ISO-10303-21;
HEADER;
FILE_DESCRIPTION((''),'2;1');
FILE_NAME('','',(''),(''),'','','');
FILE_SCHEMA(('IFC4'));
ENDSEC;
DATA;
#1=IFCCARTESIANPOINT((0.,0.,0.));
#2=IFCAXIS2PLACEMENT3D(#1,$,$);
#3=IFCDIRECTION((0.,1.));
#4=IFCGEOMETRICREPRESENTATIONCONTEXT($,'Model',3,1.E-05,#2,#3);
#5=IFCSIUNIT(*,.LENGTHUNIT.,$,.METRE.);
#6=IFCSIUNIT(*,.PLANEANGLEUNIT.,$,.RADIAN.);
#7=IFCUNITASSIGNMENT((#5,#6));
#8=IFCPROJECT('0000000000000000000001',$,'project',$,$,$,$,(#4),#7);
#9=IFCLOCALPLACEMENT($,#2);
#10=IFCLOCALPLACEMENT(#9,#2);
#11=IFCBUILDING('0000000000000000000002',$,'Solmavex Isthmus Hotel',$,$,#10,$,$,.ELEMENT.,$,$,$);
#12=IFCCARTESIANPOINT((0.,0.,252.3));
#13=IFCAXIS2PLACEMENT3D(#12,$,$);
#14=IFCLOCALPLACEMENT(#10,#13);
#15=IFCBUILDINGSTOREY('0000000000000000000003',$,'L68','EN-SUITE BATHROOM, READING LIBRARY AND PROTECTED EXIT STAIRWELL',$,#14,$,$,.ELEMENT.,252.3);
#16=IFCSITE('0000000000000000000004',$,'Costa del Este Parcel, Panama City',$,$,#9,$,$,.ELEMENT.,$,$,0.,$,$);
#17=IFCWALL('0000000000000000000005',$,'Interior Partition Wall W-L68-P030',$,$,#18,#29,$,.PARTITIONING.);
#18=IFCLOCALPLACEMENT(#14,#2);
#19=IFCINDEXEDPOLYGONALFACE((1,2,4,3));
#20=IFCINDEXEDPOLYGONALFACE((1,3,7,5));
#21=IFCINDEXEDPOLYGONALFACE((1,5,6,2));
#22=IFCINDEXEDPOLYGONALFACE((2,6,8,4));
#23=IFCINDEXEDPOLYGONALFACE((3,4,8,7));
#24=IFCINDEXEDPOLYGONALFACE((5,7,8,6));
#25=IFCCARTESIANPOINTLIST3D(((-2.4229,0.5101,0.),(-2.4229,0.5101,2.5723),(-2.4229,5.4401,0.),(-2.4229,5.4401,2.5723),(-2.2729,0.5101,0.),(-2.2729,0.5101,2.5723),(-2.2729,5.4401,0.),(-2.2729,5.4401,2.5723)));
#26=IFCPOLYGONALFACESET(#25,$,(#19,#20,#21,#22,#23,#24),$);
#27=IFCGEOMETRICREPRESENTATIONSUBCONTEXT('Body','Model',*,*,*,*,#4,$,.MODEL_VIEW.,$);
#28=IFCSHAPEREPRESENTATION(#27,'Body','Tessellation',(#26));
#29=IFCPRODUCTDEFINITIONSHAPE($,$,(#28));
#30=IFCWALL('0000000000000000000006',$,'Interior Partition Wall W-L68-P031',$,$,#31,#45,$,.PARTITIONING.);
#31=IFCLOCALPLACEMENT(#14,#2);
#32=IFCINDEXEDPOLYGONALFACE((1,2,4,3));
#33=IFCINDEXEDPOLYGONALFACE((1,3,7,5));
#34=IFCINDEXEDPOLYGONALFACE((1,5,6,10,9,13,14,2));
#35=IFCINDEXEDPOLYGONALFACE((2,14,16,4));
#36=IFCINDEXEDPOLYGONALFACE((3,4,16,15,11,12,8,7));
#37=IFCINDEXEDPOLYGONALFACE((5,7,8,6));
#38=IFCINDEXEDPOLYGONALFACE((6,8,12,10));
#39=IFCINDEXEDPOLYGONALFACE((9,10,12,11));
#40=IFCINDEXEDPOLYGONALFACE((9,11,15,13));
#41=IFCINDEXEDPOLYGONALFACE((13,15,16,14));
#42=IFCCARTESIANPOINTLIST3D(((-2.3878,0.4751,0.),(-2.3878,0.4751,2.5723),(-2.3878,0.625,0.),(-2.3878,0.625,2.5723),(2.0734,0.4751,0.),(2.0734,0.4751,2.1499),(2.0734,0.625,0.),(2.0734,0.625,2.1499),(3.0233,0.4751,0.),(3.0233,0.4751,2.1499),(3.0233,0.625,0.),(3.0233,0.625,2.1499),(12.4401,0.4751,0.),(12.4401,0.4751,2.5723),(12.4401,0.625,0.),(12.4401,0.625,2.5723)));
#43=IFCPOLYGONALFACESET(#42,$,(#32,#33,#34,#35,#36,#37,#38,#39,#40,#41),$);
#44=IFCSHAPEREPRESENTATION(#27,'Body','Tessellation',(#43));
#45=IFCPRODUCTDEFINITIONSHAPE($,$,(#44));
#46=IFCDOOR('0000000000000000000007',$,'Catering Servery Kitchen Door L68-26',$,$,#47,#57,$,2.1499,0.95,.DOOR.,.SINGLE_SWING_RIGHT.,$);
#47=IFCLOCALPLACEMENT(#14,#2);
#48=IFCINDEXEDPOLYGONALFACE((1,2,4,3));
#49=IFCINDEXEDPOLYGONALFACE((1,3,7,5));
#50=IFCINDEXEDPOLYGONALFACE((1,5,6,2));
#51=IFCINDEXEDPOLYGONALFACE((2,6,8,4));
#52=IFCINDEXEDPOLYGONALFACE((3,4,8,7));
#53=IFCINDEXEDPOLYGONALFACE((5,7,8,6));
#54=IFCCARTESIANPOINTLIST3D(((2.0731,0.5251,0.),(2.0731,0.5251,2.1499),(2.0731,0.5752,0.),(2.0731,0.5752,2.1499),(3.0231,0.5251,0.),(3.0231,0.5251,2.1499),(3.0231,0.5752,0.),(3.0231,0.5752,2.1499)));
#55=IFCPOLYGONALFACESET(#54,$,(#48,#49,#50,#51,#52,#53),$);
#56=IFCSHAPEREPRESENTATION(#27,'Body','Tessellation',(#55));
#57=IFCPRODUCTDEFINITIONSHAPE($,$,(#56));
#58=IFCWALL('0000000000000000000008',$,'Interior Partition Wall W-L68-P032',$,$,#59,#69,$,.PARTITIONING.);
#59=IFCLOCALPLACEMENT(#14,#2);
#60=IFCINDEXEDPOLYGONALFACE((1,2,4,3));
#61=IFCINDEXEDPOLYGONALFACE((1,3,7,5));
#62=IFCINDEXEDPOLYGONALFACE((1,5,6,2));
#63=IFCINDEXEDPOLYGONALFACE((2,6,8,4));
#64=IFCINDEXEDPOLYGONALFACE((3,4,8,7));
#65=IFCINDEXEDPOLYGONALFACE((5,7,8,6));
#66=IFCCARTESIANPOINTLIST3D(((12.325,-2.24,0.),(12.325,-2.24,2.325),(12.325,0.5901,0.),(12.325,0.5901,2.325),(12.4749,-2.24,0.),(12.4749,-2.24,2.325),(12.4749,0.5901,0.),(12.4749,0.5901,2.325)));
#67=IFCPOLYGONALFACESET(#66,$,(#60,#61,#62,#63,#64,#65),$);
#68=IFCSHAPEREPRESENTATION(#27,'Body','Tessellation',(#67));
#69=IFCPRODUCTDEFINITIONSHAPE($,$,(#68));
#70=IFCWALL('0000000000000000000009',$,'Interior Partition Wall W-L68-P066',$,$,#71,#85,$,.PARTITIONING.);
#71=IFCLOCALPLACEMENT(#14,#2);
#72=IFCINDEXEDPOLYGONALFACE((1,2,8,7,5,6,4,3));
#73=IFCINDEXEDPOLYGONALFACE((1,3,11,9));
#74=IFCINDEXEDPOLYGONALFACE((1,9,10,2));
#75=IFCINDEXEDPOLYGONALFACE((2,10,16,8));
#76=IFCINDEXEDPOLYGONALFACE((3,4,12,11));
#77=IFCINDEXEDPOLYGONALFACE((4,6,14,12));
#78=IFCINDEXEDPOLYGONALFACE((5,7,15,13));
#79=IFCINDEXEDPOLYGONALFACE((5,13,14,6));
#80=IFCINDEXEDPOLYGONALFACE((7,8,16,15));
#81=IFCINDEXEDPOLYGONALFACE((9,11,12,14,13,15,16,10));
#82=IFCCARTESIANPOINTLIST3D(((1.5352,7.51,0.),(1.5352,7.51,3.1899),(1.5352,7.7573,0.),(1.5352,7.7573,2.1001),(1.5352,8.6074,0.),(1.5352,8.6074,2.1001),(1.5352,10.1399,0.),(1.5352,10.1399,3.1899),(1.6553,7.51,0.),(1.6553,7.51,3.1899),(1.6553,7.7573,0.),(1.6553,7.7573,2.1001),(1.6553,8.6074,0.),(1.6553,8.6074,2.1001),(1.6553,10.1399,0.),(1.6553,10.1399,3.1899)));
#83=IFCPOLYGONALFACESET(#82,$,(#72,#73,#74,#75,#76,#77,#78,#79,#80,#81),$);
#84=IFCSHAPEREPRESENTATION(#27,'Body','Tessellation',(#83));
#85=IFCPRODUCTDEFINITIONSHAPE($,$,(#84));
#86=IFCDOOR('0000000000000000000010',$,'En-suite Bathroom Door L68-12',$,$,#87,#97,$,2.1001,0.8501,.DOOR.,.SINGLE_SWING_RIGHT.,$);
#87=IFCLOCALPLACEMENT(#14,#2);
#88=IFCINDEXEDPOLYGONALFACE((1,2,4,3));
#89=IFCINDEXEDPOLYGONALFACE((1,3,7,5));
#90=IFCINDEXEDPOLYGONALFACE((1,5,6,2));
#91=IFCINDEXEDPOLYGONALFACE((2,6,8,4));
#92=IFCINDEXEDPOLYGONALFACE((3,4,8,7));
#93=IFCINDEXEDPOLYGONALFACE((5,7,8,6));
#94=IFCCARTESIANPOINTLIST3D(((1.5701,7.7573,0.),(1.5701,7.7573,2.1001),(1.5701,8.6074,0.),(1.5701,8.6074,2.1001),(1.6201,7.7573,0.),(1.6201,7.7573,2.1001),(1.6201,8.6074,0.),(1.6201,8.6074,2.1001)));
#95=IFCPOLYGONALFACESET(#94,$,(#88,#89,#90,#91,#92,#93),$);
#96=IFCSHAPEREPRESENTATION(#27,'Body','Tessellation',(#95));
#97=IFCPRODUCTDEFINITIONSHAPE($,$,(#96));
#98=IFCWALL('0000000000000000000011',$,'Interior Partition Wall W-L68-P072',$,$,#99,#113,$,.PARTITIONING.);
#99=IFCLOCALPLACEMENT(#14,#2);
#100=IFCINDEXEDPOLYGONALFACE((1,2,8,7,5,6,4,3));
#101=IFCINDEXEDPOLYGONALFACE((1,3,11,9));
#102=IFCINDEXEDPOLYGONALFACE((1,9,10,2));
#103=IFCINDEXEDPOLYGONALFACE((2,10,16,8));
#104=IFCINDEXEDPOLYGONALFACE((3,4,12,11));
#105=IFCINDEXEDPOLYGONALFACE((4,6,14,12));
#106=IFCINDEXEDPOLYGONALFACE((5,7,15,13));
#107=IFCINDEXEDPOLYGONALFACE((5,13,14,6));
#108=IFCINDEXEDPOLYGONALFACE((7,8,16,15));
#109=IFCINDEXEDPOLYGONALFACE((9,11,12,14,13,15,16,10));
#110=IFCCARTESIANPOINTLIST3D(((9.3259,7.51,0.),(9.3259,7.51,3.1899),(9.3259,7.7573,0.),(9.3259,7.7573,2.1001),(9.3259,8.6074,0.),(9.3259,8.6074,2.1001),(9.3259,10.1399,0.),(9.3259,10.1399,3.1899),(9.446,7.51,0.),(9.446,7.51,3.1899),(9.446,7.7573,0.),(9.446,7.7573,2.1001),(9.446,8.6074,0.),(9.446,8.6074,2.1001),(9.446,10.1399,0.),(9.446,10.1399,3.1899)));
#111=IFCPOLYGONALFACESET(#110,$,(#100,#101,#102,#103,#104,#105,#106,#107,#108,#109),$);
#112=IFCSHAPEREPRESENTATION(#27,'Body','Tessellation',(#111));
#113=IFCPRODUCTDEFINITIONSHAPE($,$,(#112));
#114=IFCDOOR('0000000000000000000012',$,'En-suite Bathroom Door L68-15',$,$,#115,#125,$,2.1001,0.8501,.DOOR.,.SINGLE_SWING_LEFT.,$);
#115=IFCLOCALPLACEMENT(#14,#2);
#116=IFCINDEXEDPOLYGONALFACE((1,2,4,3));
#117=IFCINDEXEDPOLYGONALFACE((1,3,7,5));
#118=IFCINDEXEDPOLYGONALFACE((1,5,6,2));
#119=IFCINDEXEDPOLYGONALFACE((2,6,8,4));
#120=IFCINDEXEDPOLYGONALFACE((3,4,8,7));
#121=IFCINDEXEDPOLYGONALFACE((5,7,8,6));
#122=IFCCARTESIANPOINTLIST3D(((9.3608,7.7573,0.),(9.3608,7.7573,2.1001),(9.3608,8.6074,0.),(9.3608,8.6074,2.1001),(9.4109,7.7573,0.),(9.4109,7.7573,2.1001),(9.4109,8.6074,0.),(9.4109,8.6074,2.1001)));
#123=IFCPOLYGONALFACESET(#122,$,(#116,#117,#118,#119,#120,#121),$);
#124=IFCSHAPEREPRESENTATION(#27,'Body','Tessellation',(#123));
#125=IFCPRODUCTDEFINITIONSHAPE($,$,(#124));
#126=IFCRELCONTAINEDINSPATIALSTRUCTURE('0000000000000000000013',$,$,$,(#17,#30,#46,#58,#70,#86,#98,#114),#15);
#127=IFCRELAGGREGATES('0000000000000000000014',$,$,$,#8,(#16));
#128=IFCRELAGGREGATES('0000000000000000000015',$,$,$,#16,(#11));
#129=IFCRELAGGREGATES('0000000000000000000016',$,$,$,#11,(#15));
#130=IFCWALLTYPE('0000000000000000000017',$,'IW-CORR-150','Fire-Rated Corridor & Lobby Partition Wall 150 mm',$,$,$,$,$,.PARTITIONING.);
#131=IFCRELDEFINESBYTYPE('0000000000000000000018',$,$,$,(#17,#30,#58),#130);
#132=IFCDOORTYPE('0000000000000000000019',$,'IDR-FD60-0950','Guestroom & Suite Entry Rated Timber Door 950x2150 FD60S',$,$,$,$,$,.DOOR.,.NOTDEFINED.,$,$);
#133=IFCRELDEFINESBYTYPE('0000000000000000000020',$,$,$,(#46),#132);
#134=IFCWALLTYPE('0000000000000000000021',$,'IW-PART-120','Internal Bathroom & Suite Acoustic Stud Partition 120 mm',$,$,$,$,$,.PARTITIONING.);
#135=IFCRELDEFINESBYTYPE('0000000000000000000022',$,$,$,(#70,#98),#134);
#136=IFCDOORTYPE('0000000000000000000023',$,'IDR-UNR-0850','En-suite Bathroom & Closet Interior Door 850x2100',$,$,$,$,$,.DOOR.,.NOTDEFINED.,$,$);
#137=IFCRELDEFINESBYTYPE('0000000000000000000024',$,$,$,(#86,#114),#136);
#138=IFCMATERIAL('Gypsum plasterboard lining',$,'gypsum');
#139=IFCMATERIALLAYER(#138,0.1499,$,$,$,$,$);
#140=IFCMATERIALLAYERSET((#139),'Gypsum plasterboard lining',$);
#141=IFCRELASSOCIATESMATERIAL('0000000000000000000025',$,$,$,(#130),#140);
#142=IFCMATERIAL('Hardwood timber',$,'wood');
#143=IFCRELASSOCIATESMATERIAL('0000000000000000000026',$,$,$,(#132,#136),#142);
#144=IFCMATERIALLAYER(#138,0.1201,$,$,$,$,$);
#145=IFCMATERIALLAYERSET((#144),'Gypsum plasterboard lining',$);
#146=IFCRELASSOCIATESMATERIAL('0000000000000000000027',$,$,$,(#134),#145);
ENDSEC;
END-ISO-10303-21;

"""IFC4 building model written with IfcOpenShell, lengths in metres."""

from ifc_helpers import new_model, si_unit, direction, frame, frame_2d, origin, place, context, subcontext, project, spatial, rectangle, extrude, material, layer, layer_set, type_object, element, fill, save


model = new_model("IFC4")

# Units and contexts
model_context = context("Model", 3, precision=1e-05, world=origin(), true_north=direction((0.0, 1.0)))
body_context = subcontext(model_context, "Body", "Model", "MODEL_VIEW")
ifc_project = project(units=[si_unit("LENGTHUNIT", "METRE"), si_unit("PLANEANGLEUNIT", "RADIAN")], contexts=[model_context])

# Site, building, storey
site_placement = place(None, origin())
site = spatial("IfcSite", under=ifc_project, at=site_placement, Name="Costa del Este Parcel, Panama City", CompositionType="ELEMENT", RefElevation=0.0)
building_placement = place(site_placement, origin())
building = spatial("IfcBuilding", under=site, at=building_placement, Name="Solmavex Isthmus Hotel", CompositionType="ELEMENT")
storey_placement = place(building_placement, frame((0.0, 0.0, 252.3)))
storey = spatial("IfcBuildingStorey", under=building, at=storey_placement, Name="L68", Description="EN-SUITE BATHROOM, READING LIBRARY AND PROTECTED EXIT STAIRWELL", CompositionType="ELEMENT", Elevation=252.3)

# Shared definitions
ifc_material_1 = material(Name="Gypsum plasterboard lining", Category="gypsum")
ifc_layer_1 = layer(ifc_material_1, 0.1499)
ifc_layer_set_1 = layer_set([ifc_layer_1], Name="Gypsum plasterboard lining")
wall_type_1 = type_object("IfcWallType", Name="IW-CORR-150", Description="Fire-Rated Corridor & Lobby Partition Wall 150 mm", PredefinedType="PARTITIONING", material=ifc_layer_set_1)
ifc_material_2 = material(Name="Hardwood timber", Category="wood")
door_type_1 = type_object("IfcDoorType", Name="IDR-FD60-0950", Description="Guestroom & Suite Entry Rated Timber Door 950x2150 FD60S", OperationType="NOTDEFINED", PredefinedType="DOOR", material=ifc_material_2)

# Wall
wall_1_placement = place(storey_placement, frame((-2.3479, 5.4399, 0.0), z_axis=(0.0, 0.0, 1.0), x_axis=(0.0, -1.0, 0.0)))
element("IfcWall", 1, at=wall_1_placement, inside=storey, type_object=wall_type_1, Name="Interior Partition Wall W-L68-P030", PredefinedType="PARTITIONING", context=body_context, shape_type="SweptSolid", body=[
    extrude(rectangle(XDim=4.9299, YDim=0.1499, at=frame_2d((2.4648, 0.0))), origin(), (0.0, 0.0, 1.0), 2.5723),
])

# Wall, opening, door
wall_2_placement = place(storey_placement, frame((-2.3879, 0.55, 0.0), z_axis=(0.0, 0.0, 1.0), x_axis=(1.0, 0.0, 0.0)))
wall_2 = element("IfcWall", 2, at=wall_2_placement, inside=storey, type_object=wall_type_1, Name="Interior Partition Wall W-L68-P031", PredefinedType="PARTITIONING", context=body_context, shape_type="SweptSolid", body=[
    extrude(rectangle(XDim=14.8279, YDim=0.1499, at=frame_2d((7.4141, 0.0))), origin(), (0.0, 0.0, 1.0), 2.5723),
])
opening_1_placement = place(wall_2_placement, frame((4.4612, 0.0, 0.0)))
opening_1 = element("IfcOpeningElement", 3, at=opening_1_placement, cuts=wall_2, PredefinedType="OPENING", context=body_context, shape_type="SweptSolid", body=[
    extrude(rectangle(XDim=0.95, YDim=2.1499, at=frame_2d((0.4751, 1.075))), frame((0.0, 0.085, 0.0), z_axis=(0.0, -1.0, 0.0), x_axis=(1.0, 0.0, 0.0)), (0.0, 0.0, 1.0), 0.1699),
])
door_1_placement = place(opening_1_placement, frame((0.95, 0.0, 0.0), z_axis=(0.0, 0.0, 1.0), x_axis=(-1.0, 0.0, 0.0)))
door_1 = element("IfcDoor", 4, at=door_1_placement, inside=storey, type_object=door_type_1, Name="Catering Servery Kitchen Door L68-26", OperationType="SINGLE_SWING_RIGHT", OverallHeight=2.1499, OverallWidth=0.95, PredefinedType="DOOR", context=body_context, shape_type="SweptSolid", body=[
    extrude(rectangle(XDim=0.95, YDim=2.1499, at=frame_2d((0.4751, 1.075))), frame((0.0, 0.0249, 0.0), z_axis=(0.0, -1.0, 0.0), x_axis=(1.0, 0.0, 0.0)), (0.0, 0.0, 1.0), 0.05),
])
fill(opening_1, door_1)

# Wall
wall_3_placement = place(storey_placement, frame((12.3999, 0.5901, 0.0), z_axis=(0.0, 0.0, 1.0), x_axis=(0.0, -1.0, 0.0)))
element("IfcWall", 5, at=wall_3_placement, inside=storey, type_object=wall_type_1, Name="Interior Partition Wall W-L68-P032", PredefinedType="PARTITIONING", context=body_context, shape_type="SweptSolid", body=[
    extrude(rectangle(XDim=2.8301, YDim=0.1499, at=frame_2d((1.415, 0.0))), origin(), (0.0, 0.0, 1.0), 2.325),
])

# Walls, openings, doors
ifc_layer_2 = layer(ifc_material_1, 0.1201)
ifc_layer_set_2 = layer_set([ifc_layer_2], Name="Gypsum plasterboard lining")
wall_type_2 = type_object("IfcWallType", Name="IW-PART-120", Description="Internal Bathroom & Suite Acoustic Stud Partition 120 mm", PredefinedType="PARTITIONING", material=ifc_layer_set_2)
wall_4_placement = place(storey_placement, frame((1.5952, 7.51, 0.0), z_axis=(0.0, 0.0, 1.0), x_axis=(0.0, 1.0, 0.0)))
wall_4 = element("IfcWall", 6, at=wall_4_placement, inside=storey, type_object=wall_type_2, Name="Interior Partition Wall W-L68-P066", PredefinedType="PARTITIONING", context=body_context, shape_type="SweptSolid", body=[
    extrude(rectangle(XDim=2.6299, YDim=0.1201, at=frame_2d((1.3149, 0.0))), origin(), (0.0, 0.0, 1.0), 3.1899),
])
opening_2_placement = place(wall_4_placement, frame((0.2473, 0.0, 0.0)))
opening_2 = element("IfcOpeningElement", 7, at=opening_2_placement, cuts=wall_4, PredefinedType="OPENING", context=body_context, shape_type="SweptSolid", body=[
    extrude(rectangle(XDim=0.8501, YDim=2.1001, at=frame_2d((0.425, 1.05))), frame((0.0, 0.0701, 0.0), z_axis=(0.0, -1.0, 0.0), x_axis=(1.0, 0.0, 0.0)), (0.0, 0.0, 1.0), 0.1401),
])
door_type_2 = type_object("IfcDoorType", Name="IDR-UNR-0850", Description="En-suite Bathroom & Closet Interior Door 850x2100", OperationType="NOTDEFINED", PredefinedType="DOOR", material=ifc_material_2)
door_2_placement = place(opening_2_placement, frame((0.8501, 0.0, 0.0), z_axis=(0.0, 0.0, 1.0), x_axis=(-1.0, 0.0, 0.0)))
door_2 = element("IfcDoor", 8, at=door_2_placement, inside=storey, type_object=door_type_2, Name="En-suite Bathroom Door L68-12", OperationType="SINGLE_SWING_RIGHT", OverallHeight=2.1001, OverallWidth=0.8501, PredefinedType="DOOR", context=body_context, shape_type="SweptSolid", body=[
    extrude(rectangle(XDim=0.8501, YDim=2.1001, at=frame_2d((0.425, 1.05))), frame((0.0, 0.0249, 0.0), z_axis=(0.0, -1.0, 0.0), x_axis=(1.0, 0.0, 0.0)), (0.0, 0.0, 1.0), 0.05),
])
fill(opening_2, door_2)
wall_5_placement = place(storey_placement, frame((9.386, 7.51, 0.0), z_axis=(0.0, 0.0, 1.0), x_axis=(0.0, 1.0, 0.0)))
wall_5 = element("IfcWall", 9, at=wall_5_placement, inside=storey, type_object=wall_type_2, Name="Interior Partition Wall W-L68-P072", PredefinedType="PARTITIONING", context=body_context, shape_type="SweptSolid", body=[
    extrude(rectangle(XDim=2.6299, YDim=0.1201, at=frame_2d((1.3149, 0.0))), origin(), (0.0, 0.0, 1.0), 3.1899),
])
opening_3_placement = place(wall_5_placement, frame((0.2473, 0.0, 0.0)))
opening_3 = element("IfcOpeningElement", 10, at=opening_3_placement, cuts=wall_5, PredefinedType="OPENING", context=body_context, shape_type="SweptSolid", body=[
    extrude(rectangle(XDim=0.8501, YDim=2.1001, at=frame_2d((0.425, 1.05))), frame((0.0, 0.0701, 0.0), z_axis=(0.0, -1.0, 0.0), x_axis=(1.0, 0.0, 0.0)), (0.0, 0.0, 1.0), 0.1401),
])
door_3_placement = place(opening_3_placement, frame((0.8501, 0.0, 0.0), z_axis=(0.0, 0.0, 1.0), x_axis=(-1.0, 0.0, 0.0)))
door_3 = element("IfcDoor", 11, at=door_3_placement, inside=storey, type_object=door_type_2, Name="En-suite Bathroom Door L68-15", OperationType="SINGLE_SWING_LEFT", OverallHeight=2.1001, OverallWidth=0.8501, PredefinedType="DOOR", context=body_context, shape_type="SweptSolid", body=[
    extrude(rectangle(XDim=0.8501, YDim=2.1001, at=frame_2d((0.425, 1.05))), frame((0.0, 0.0249, 0.0), z_axis=(0.0, -1.0, 0.0), x_axis=(1.0, 0.0, 0.0)), (0.0, 0.0, 1.0), 0.05),
])
fill(opening_3, door_3)

save(model, "model.ifc")
